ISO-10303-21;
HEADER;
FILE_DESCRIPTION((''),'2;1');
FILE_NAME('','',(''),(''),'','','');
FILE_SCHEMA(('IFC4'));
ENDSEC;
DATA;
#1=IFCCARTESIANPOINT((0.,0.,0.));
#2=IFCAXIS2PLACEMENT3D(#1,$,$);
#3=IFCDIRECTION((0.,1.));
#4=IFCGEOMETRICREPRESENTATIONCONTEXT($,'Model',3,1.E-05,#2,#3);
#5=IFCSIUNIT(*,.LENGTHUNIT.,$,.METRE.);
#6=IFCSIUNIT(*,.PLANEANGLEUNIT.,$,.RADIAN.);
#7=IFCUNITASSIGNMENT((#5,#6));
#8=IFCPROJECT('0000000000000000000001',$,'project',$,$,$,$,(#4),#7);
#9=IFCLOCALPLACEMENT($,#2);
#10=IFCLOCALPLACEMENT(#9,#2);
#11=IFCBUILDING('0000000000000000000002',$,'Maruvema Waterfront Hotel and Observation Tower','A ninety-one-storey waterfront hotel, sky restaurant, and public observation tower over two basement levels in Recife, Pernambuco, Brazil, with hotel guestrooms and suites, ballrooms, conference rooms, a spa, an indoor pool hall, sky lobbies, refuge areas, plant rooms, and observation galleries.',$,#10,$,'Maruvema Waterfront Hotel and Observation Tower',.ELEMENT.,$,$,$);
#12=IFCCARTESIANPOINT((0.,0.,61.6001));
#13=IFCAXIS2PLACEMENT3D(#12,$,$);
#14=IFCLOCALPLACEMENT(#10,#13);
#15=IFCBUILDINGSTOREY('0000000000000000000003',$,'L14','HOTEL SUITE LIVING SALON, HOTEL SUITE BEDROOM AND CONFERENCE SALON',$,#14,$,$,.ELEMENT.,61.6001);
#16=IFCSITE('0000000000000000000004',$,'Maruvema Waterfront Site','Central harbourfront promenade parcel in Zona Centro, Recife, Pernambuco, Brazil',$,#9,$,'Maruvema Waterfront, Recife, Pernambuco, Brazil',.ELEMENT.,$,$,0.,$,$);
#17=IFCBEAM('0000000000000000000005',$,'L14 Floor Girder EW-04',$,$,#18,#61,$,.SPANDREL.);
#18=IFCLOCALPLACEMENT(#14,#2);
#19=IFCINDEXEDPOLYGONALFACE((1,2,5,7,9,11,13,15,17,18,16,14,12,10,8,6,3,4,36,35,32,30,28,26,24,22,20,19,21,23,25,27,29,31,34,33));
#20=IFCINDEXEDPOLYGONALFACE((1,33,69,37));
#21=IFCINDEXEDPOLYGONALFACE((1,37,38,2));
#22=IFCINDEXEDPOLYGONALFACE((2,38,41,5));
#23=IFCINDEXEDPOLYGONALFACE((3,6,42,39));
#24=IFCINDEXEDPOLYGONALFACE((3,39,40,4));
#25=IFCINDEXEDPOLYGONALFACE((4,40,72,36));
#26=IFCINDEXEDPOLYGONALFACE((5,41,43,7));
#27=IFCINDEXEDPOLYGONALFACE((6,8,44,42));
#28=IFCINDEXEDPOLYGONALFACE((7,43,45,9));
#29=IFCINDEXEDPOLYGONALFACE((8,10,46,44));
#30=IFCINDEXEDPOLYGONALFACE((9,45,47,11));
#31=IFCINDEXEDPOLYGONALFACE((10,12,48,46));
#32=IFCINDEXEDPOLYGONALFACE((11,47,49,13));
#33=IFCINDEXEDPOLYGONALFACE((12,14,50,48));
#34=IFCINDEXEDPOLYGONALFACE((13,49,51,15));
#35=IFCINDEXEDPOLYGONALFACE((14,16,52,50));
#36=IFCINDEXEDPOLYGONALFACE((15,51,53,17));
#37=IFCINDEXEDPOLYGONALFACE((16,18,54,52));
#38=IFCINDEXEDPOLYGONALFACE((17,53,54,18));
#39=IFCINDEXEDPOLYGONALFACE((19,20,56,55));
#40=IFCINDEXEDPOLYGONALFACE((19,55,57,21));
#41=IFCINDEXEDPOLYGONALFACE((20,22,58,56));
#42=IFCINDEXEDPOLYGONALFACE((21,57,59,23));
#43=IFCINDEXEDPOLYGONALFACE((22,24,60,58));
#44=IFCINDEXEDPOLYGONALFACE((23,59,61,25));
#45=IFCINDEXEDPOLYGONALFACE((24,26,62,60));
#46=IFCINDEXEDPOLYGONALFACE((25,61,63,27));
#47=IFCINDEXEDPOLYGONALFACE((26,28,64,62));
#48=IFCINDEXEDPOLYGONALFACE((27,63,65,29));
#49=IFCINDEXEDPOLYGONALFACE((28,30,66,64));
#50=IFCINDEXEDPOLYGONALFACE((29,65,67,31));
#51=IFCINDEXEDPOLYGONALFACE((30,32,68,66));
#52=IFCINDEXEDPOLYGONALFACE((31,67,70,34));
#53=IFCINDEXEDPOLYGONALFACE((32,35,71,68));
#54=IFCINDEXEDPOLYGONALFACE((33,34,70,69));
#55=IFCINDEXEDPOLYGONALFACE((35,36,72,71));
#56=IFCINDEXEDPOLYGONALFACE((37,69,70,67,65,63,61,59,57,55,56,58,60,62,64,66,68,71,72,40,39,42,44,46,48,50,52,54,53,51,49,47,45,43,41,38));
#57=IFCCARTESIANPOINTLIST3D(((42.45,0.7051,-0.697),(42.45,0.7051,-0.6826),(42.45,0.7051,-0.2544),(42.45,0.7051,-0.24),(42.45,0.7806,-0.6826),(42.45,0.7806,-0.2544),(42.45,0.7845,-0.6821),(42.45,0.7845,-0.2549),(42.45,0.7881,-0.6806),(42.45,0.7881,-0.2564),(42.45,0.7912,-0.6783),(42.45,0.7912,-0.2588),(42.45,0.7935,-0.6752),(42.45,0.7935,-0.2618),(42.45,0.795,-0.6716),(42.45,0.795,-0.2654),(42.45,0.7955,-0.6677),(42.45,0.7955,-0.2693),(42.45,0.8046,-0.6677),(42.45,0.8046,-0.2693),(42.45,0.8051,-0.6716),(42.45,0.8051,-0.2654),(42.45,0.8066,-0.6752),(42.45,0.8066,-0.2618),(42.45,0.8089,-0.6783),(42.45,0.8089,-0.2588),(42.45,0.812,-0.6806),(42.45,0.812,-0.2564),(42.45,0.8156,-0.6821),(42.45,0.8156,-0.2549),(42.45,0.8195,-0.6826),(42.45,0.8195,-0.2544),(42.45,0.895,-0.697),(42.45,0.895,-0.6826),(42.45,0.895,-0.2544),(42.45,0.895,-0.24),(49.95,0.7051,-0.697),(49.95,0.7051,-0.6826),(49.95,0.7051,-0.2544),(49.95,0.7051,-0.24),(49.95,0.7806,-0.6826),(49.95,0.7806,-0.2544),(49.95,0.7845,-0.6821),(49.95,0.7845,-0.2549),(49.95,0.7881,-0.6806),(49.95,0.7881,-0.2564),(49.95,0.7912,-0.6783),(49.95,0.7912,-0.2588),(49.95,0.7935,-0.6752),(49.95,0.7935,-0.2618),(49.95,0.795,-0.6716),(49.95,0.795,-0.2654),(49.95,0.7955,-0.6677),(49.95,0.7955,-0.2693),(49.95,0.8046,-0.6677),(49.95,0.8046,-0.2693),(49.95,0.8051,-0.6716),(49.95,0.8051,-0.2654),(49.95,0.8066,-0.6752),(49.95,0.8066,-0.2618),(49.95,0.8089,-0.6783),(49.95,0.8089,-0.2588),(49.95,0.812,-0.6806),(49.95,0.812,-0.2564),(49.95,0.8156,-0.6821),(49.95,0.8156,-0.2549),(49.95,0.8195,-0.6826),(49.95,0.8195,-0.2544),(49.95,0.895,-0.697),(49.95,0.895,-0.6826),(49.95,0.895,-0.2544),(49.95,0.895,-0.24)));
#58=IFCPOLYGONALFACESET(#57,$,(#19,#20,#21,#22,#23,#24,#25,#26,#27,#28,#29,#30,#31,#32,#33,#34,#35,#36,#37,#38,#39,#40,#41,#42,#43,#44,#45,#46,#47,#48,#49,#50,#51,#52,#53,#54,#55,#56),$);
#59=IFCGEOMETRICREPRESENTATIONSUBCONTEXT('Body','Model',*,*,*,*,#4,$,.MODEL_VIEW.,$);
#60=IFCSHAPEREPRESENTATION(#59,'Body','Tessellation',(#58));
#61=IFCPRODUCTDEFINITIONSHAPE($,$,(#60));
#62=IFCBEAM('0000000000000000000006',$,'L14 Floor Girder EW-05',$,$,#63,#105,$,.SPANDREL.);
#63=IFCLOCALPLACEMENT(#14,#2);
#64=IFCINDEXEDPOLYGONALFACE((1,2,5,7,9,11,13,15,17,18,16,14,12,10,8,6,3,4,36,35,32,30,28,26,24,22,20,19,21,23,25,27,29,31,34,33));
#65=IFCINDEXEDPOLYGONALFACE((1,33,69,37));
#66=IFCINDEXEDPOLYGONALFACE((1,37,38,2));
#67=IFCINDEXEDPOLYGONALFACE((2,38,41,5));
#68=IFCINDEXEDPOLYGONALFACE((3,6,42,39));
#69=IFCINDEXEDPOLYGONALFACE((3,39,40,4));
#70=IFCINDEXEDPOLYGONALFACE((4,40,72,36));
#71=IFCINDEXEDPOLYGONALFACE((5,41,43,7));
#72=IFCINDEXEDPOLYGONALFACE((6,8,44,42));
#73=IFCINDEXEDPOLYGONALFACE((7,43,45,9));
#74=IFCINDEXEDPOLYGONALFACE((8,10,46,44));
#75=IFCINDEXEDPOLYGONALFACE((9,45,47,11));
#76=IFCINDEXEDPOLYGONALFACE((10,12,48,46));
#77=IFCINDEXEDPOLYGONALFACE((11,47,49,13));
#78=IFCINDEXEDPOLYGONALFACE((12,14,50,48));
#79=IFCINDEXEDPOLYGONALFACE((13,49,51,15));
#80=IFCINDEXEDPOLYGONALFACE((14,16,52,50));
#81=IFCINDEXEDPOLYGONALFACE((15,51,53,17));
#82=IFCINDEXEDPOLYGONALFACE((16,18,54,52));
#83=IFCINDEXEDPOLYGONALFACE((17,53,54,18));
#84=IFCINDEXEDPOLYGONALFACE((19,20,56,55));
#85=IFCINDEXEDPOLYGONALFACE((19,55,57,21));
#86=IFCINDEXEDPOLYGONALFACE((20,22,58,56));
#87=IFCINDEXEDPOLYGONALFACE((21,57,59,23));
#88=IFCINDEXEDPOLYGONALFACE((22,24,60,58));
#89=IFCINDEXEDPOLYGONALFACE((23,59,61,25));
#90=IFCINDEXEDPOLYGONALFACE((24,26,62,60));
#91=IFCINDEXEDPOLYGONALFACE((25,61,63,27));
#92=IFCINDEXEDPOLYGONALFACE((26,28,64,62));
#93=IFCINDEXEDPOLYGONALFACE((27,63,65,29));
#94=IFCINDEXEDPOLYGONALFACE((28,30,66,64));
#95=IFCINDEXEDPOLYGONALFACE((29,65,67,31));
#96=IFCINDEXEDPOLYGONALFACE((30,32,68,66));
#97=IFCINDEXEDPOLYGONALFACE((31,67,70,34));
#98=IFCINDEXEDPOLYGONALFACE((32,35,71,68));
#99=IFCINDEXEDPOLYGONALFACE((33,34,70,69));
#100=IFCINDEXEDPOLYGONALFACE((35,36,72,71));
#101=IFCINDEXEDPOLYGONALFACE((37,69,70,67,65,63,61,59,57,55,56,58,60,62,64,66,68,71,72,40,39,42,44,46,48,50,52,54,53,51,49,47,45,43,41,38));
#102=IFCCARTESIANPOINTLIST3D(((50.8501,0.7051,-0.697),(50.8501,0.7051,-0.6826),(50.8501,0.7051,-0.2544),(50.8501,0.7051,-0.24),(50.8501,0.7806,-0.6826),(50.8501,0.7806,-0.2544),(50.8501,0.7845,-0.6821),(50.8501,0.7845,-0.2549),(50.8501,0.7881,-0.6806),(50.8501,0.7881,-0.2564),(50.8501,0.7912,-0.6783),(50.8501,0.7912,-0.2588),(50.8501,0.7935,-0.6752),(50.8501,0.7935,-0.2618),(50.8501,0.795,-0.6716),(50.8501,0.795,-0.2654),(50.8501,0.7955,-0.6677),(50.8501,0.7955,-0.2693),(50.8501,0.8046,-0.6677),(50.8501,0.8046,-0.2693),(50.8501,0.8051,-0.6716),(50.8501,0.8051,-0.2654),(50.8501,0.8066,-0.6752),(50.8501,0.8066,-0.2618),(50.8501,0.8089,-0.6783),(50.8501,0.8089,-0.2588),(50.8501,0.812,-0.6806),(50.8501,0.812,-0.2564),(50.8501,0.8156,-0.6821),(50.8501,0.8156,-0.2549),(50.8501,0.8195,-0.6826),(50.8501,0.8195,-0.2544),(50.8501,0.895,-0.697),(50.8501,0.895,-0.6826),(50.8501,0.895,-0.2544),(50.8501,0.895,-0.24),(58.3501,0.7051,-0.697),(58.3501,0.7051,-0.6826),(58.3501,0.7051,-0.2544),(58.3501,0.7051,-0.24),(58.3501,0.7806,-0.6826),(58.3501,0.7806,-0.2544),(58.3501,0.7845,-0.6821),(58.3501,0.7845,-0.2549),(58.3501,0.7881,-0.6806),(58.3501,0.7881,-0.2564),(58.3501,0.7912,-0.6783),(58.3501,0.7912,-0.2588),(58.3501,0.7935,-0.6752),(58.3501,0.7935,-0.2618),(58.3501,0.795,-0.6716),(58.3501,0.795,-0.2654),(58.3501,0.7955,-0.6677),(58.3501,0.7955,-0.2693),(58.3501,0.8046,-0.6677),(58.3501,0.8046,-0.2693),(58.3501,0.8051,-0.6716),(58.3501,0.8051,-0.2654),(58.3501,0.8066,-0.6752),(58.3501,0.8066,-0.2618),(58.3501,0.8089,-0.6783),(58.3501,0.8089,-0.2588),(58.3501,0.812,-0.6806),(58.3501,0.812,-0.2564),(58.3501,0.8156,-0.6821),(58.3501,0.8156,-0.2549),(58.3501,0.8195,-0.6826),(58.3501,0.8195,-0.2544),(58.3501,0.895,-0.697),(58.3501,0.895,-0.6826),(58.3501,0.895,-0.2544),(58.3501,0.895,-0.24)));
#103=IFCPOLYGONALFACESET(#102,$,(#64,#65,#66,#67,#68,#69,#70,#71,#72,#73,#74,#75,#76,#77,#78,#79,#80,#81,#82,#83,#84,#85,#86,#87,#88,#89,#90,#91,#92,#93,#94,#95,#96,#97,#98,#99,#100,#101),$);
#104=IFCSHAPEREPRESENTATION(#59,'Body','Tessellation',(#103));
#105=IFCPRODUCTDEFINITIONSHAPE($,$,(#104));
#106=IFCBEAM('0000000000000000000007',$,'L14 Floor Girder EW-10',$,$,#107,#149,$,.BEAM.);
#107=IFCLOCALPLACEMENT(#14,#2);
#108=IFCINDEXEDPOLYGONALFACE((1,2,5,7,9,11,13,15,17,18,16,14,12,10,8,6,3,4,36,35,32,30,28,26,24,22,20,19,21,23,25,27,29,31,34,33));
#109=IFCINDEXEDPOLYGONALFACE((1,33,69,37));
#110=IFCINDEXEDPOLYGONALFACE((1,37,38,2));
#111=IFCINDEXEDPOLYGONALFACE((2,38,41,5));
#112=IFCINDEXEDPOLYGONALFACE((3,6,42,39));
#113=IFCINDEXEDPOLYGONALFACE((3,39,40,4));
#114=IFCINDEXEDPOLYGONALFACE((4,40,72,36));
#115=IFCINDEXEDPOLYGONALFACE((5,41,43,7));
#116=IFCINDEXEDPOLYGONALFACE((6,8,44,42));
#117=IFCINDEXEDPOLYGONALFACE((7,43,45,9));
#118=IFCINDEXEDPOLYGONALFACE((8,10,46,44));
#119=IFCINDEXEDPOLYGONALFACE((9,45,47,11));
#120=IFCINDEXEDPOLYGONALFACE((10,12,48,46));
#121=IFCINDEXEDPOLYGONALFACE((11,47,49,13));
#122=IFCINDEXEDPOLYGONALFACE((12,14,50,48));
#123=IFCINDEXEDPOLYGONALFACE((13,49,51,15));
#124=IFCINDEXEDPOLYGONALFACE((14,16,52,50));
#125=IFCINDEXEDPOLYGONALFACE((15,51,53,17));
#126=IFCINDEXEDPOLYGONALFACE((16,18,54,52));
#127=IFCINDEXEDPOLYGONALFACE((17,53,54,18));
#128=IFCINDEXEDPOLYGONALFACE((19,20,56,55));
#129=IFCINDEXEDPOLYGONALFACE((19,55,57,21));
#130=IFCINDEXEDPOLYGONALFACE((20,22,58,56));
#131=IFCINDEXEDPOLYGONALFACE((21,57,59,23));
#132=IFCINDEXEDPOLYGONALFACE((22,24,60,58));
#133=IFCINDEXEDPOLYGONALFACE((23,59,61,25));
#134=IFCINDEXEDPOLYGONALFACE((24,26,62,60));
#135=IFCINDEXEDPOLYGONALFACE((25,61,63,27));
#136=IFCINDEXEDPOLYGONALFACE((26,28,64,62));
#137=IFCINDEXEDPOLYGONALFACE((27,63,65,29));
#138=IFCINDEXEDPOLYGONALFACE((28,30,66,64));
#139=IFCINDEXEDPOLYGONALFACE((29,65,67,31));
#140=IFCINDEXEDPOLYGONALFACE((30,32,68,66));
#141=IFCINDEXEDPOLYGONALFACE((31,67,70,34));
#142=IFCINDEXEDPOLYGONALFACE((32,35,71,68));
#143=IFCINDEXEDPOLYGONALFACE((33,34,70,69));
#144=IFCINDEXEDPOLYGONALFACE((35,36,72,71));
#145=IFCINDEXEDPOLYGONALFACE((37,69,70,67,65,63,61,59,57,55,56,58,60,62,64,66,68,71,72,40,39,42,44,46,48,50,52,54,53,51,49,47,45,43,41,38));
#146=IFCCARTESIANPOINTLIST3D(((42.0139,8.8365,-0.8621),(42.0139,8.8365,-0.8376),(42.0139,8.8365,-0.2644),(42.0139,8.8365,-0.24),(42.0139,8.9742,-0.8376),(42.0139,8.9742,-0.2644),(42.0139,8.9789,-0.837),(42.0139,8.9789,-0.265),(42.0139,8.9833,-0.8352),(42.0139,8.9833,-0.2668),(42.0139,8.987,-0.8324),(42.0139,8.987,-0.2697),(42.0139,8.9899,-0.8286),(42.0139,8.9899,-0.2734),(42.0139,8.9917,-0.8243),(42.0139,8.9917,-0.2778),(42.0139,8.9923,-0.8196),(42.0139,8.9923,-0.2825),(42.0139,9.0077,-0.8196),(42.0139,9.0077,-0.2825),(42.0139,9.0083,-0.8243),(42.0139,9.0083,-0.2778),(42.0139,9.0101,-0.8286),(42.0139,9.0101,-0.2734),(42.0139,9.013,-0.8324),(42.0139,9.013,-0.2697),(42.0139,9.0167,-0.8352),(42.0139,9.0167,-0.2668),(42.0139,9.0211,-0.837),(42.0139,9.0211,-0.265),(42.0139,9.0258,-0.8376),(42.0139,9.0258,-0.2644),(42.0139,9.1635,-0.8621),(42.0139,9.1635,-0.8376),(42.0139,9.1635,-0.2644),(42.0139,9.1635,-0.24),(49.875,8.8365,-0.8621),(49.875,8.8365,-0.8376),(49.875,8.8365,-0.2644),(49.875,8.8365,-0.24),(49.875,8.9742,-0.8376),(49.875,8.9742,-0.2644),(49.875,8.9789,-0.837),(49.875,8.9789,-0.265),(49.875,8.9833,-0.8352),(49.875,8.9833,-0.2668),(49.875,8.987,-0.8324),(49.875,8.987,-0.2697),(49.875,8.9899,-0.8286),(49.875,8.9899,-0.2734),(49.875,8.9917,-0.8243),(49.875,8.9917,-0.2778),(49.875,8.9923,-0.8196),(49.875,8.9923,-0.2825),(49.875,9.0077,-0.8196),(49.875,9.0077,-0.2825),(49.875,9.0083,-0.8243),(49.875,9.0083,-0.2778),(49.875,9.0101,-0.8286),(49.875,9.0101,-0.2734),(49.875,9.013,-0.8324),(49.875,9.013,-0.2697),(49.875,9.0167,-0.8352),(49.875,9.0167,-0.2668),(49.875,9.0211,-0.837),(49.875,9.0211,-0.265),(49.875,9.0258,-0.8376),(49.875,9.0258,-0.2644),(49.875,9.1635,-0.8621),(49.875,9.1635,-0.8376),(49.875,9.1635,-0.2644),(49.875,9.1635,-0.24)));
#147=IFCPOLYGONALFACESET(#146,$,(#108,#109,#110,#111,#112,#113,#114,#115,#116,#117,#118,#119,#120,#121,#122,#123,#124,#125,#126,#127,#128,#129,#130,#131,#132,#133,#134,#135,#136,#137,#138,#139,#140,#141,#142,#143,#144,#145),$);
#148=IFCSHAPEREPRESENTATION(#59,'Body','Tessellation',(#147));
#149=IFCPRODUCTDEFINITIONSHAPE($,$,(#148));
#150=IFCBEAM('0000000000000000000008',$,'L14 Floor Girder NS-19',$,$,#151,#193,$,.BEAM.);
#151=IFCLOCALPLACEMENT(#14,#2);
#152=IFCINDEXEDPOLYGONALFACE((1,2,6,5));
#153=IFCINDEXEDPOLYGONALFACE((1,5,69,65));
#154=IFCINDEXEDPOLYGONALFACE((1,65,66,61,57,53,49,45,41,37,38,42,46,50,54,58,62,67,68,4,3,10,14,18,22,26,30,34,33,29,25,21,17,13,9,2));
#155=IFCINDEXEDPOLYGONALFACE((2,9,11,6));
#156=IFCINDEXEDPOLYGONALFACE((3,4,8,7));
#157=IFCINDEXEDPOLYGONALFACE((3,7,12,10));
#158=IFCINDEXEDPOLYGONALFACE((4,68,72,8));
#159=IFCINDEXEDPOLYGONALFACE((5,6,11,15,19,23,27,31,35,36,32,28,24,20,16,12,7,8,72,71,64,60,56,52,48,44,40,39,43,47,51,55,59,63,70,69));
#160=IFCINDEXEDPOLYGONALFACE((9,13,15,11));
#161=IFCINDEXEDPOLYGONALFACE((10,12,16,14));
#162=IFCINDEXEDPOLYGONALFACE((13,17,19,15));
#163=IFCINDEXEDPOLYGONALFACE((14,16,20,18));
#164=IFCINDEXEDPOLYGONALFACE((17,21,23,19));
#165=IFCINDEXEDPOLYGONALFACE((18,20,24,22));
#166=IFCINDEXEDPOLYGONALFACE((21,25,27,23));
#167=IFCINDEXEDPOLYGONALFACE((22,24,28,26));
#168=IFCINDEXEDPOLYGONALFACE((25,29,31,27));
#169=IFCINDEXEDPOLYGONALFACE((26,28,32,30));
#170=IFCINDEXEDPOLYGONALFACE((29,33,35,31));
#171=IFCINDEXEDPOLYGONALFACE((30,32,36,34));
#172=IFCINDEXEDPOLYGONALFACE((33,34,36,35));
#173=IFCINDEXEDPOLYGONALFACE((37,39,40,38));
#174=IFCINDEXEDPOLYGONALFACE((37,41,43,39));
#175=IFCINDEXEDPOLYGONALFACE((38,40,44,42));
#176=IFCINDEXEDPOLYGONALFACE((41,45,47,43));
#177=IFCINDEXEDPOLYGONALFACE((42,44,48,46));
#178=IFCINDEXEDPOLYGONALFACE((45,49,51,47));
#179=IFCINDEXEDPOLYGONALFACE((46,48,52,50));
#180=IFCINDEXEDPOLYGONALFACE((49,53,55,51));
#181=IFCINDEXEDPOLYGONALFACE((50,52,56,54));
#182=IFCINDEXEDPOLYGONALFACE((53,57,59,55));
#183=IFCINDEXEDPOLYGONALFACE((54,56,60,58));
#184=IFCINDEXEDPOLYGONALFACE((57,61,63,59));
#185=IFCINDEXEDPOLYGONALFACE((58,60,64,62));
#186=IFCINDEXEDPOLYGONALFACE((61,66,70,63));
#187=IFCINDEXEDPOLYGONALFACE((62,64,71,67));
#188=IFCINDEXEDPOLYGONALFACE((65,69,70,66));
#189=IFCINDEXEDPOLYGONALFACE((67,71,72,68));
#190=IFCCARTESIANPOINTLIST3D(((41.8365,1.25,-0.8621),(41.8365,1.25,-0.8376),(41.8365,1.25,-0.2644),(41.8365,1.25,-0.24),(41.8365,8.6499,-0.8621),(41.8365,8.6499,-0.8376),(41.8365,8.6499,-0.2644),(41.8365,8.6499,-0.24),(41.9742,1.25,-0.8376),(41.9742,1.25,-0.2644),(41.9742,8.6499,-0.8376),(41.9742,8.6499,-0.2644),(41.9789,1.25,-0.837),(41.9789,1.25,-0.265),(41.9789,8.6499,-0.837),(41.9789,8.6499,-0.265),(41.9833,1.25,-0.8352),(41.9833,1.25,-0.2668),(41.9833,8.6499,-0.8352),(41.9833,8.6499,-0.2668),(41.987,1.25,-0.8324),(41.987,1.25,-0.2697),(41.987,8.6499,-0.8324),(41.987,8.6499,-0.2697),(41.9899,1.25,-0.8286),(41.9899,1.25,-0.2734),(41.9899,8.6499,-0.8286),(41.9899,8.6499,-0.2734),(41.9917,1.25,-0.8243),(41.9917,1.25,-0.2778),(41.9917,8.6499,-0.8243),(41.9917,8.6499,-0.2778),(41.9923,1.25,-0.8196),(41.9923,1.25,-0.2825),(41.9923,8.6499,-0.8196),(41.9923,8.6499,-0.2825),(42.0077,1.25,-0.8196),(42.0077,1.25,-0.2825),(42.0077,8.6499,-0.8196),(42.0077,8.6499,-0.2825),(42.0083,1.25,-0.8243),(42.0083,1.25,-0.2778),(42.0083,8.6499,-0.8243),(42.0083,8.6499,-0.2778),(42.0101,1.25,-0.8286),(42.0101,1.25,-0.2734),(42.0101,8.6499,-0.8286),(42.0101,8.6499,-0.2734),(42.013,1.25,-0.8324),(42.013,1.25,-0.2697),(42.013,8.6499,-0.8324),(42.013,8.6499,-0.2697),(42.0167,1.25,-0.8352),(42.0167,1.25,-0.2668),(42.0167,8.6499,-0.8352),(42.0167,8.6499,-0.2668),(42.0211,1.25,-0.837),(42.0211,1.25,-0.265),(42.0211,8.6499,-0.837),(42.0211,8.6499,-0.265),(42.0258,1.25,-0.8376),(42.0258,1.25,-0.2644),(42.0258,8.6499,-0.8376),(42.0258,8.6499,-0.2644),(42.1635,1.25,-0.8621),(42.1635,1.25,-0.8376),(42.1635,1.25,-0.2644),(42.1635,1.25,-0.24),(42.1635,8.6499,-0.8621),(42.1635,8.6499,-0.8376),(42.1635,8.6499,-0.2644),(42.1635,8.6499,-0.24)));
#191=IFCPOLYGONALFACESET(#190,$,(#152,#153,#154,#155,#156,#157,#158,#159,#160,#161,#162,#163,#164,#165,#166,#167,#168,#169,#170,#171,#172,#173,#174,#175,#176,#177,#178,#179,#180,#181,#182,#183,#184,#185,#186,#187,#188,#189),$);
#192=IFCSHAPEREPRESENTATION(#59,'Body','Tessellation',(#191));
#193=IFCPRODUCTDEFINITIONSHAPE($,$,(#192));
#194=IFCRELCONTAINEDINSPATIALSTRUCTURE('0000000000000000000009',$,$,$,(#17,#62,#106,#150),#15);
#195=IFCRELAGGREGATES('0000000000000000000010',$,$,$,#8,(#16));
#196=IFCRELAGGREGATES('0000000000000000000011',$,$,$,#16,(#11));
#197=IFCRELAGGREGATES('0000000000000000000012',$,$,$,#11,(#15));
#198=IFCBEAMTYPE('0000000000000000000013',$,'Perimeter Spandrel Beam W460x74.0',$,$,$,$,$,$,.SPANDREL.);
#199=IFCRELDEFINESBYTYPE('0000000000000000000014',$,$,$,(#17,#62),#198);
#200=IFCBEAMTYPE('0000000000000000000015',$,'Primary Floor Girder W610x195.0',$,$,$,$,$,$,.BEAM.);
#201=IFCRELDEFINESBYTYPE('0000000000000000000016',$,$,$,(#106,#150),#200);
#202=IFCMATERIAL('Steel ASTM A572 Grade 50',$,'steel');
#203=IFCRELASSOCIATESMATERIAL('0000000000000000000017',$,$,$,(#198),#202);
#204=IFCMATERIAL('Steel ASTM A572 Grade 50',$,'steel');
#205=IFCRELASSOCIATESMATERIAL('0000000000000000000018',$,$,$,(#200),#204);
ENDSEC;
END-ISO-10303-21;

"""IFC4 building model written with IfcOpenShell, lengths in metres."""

from ifc_helpers import new_model, si_unit, direction, frame, origin, origin_2d, place, context, subcontext, project, spatial, i_section, extrude, material, material_profile, profile_set, type_object, element, save


model = new_model("IFC4")

# Units and contexts
model_context = context("Model", 3, precision=1e-05, world=origin(), true_north=direction((0.0, 1.0)))
body_context = subcontext(model_context, "Body", "Model", "MODEL_VIEW")
ifc_project = project(units=[si_unit("LENGTHUNIT", "METRE"), si_unit("PLANEANGLEUNIT", "RADIAN")], contexts=[model_context])

# Site, building, storey
site_placement = place(None, origin())
site = spatial("IfcSite", under=ifc_project, at=site_placement, Name="Maruvema Waterfront Site", Description="Central harbourfront promenade parcel in Zona Centro, Recife, Pernambuco, Brazil", LongName="Maruvema Waterfront, Recife, Pernambuco, Brazil", CompositionType="ELEMENT", RefElevation=0.0)
building_placement = place(site_placement, origin())
building = spatial("IfcBuilding", under=site, at=building_placement, Name="Maruvema Waterfront Hotel and Observation Tower", Description="A ninety-one-storey waterfront hotel, sky restaurant, and public observation tower over two basement levels in Recife, Pernambuco, Brazil, with hotel guestrooms and suites, ballrooms, conference rooms, a spa, an indoor pool hall, sky lobbies, refuge areas, plant rooms, and observation galleries.", LongName="Maruvema Waterfront Hotel and Observation Tower", CompositionType="ELEMENT")
storey_placement = place(building_placement, frame((0.0, 0.0, 61.6001)))
storey = spatial("IfcBuildingStorey", under=building, at=storey_placement, Name="L14", Description="HOTEL SUITE LIVING SALON, HOTEL SUITE BEDROOM AND CONFERENCE SALON", CompositionType="ELEMENT", Elevation=61.6001)

# Beams
ifc_material_1 = material(Name="Steel ASTM A572 Grade 50", Category="steel")
ifc_material_profile_1 = material_profile(ifc_material_1, i_section(OverallWidth=0.1899, OverallDepth=0.457, WebThickness=0.009, FlangeThickness=0.0144, FilletRadius=0.0149, at=origin_2d()), Name="W460x74.0")
ifc_profile_set_1 = profile_set([ifc_material_profile_1], Name="Steel ASTM A572 Grade 50")
beam_type_1 = type_object("IfcBeamType", Name="Perimeter Spandrel Beam W460x74.0", PredefinedType="SPANDREL", material=ifc_profile_set_1)
for number, where, z_axis, x_axis, name in (
    (1, (42.45, 0.8, -0.4685), (1.0, 0.0, 0.0), (0.0, 1.0, 0.0), "L14 Floor Girder EW-04"),
    (2, (50.8501, 0.8, -0.4685), (1.0, 0.0, 0.0), (0.0, 1.0, 0.0), "L14 Floor Girder EW-05"),
):
    element("IfcBeam", number, at=place(storey_placement, frame(where, z_axis=z_axis, x_axis=x_axis)), inside=storey, type_object=beam_type_1, Name=name, PredefinedType="SPANDREL", context=body_context, shape_type="SweptSolid", body=[
        extrude(i_section(OverallWidth=0.1899, OverallDepth=0.457, WebThickness=0.009, FlangeThickness=0.0144, FilletRadius=0.0149, at=origin_2d()), origin(), (0.0, 0.0, 1.0), 7.5),
    ])
ifc_material_2 = material(Name="Steel ASTM A572 Grade 50", Category="steel")
ifc_material_profile_2 = material_profile(ifc_material_2, i_section(OverallWidth=0.3269, OverallDepth=0.6221, WebThickness=0.0154, FlangeThickness=0.0244, FilletRadius=0.0181, at=origin_2d()), Name="W610x195.0")
ifc_profile_set_2 = profile_set([ifc_material_profile_2], Name="Steel ASTM A572 Grade 50")
beam_type_2 = type_object("IfcBeamType", Name="Primary Floor Girder W610x195.0", PredefinedType="BEAM", material=ifc_profile_set_2)
beam_1_placement = place(storey_placement, frame((42.0139, 9.0, -0.551), z_axis=(1.0, 0.0, 0.0), x_axis=(0.0, 1.0, 0.0)))
element("IfcBeam", 3, at=beam_1_placement, inside=storey, type_object=beam_type_2, Name="L14 Floor Girder EW-10", PredefinedType="BEAM", context=body_context, shape_type="SweptSolid", body=[
    extrude(i_section(OverallWidth=0.3269, OverallDepth=0.6221, WebThickness=0.0154, FlangeThickness=0.0244, FilletRadius=0.0181, at=origin_2d()), origin(), (0.0, 0.0, 1.0), 7.8611),
])
beam_2_placement = place(storey_placement, frame((42.0, 1.25, -0.551), z_axis=(0.0, 1.0, 0.0), x_axis=(-1.0, 0.0, 0.0)))
element("IfcBeam", 4, at=beam_2_placement, inside=storey, type_object=beam_type_2, Name="L14 Floor Girder NS-19", PredefinedType="BEAM", context=body_context, shape_type="SweptSolid", body=[
    extrude(i_section(OverallWidth=0.3269, OverallDepth=0.6221, WebThickness=0.0154, FlangeThickness=0.0244, FilletRadius=0.0181, at=origin_2d()), origin(), (0.0, 0.0, 1.0), 7.3999),
])

save(model, "model.ifc")
